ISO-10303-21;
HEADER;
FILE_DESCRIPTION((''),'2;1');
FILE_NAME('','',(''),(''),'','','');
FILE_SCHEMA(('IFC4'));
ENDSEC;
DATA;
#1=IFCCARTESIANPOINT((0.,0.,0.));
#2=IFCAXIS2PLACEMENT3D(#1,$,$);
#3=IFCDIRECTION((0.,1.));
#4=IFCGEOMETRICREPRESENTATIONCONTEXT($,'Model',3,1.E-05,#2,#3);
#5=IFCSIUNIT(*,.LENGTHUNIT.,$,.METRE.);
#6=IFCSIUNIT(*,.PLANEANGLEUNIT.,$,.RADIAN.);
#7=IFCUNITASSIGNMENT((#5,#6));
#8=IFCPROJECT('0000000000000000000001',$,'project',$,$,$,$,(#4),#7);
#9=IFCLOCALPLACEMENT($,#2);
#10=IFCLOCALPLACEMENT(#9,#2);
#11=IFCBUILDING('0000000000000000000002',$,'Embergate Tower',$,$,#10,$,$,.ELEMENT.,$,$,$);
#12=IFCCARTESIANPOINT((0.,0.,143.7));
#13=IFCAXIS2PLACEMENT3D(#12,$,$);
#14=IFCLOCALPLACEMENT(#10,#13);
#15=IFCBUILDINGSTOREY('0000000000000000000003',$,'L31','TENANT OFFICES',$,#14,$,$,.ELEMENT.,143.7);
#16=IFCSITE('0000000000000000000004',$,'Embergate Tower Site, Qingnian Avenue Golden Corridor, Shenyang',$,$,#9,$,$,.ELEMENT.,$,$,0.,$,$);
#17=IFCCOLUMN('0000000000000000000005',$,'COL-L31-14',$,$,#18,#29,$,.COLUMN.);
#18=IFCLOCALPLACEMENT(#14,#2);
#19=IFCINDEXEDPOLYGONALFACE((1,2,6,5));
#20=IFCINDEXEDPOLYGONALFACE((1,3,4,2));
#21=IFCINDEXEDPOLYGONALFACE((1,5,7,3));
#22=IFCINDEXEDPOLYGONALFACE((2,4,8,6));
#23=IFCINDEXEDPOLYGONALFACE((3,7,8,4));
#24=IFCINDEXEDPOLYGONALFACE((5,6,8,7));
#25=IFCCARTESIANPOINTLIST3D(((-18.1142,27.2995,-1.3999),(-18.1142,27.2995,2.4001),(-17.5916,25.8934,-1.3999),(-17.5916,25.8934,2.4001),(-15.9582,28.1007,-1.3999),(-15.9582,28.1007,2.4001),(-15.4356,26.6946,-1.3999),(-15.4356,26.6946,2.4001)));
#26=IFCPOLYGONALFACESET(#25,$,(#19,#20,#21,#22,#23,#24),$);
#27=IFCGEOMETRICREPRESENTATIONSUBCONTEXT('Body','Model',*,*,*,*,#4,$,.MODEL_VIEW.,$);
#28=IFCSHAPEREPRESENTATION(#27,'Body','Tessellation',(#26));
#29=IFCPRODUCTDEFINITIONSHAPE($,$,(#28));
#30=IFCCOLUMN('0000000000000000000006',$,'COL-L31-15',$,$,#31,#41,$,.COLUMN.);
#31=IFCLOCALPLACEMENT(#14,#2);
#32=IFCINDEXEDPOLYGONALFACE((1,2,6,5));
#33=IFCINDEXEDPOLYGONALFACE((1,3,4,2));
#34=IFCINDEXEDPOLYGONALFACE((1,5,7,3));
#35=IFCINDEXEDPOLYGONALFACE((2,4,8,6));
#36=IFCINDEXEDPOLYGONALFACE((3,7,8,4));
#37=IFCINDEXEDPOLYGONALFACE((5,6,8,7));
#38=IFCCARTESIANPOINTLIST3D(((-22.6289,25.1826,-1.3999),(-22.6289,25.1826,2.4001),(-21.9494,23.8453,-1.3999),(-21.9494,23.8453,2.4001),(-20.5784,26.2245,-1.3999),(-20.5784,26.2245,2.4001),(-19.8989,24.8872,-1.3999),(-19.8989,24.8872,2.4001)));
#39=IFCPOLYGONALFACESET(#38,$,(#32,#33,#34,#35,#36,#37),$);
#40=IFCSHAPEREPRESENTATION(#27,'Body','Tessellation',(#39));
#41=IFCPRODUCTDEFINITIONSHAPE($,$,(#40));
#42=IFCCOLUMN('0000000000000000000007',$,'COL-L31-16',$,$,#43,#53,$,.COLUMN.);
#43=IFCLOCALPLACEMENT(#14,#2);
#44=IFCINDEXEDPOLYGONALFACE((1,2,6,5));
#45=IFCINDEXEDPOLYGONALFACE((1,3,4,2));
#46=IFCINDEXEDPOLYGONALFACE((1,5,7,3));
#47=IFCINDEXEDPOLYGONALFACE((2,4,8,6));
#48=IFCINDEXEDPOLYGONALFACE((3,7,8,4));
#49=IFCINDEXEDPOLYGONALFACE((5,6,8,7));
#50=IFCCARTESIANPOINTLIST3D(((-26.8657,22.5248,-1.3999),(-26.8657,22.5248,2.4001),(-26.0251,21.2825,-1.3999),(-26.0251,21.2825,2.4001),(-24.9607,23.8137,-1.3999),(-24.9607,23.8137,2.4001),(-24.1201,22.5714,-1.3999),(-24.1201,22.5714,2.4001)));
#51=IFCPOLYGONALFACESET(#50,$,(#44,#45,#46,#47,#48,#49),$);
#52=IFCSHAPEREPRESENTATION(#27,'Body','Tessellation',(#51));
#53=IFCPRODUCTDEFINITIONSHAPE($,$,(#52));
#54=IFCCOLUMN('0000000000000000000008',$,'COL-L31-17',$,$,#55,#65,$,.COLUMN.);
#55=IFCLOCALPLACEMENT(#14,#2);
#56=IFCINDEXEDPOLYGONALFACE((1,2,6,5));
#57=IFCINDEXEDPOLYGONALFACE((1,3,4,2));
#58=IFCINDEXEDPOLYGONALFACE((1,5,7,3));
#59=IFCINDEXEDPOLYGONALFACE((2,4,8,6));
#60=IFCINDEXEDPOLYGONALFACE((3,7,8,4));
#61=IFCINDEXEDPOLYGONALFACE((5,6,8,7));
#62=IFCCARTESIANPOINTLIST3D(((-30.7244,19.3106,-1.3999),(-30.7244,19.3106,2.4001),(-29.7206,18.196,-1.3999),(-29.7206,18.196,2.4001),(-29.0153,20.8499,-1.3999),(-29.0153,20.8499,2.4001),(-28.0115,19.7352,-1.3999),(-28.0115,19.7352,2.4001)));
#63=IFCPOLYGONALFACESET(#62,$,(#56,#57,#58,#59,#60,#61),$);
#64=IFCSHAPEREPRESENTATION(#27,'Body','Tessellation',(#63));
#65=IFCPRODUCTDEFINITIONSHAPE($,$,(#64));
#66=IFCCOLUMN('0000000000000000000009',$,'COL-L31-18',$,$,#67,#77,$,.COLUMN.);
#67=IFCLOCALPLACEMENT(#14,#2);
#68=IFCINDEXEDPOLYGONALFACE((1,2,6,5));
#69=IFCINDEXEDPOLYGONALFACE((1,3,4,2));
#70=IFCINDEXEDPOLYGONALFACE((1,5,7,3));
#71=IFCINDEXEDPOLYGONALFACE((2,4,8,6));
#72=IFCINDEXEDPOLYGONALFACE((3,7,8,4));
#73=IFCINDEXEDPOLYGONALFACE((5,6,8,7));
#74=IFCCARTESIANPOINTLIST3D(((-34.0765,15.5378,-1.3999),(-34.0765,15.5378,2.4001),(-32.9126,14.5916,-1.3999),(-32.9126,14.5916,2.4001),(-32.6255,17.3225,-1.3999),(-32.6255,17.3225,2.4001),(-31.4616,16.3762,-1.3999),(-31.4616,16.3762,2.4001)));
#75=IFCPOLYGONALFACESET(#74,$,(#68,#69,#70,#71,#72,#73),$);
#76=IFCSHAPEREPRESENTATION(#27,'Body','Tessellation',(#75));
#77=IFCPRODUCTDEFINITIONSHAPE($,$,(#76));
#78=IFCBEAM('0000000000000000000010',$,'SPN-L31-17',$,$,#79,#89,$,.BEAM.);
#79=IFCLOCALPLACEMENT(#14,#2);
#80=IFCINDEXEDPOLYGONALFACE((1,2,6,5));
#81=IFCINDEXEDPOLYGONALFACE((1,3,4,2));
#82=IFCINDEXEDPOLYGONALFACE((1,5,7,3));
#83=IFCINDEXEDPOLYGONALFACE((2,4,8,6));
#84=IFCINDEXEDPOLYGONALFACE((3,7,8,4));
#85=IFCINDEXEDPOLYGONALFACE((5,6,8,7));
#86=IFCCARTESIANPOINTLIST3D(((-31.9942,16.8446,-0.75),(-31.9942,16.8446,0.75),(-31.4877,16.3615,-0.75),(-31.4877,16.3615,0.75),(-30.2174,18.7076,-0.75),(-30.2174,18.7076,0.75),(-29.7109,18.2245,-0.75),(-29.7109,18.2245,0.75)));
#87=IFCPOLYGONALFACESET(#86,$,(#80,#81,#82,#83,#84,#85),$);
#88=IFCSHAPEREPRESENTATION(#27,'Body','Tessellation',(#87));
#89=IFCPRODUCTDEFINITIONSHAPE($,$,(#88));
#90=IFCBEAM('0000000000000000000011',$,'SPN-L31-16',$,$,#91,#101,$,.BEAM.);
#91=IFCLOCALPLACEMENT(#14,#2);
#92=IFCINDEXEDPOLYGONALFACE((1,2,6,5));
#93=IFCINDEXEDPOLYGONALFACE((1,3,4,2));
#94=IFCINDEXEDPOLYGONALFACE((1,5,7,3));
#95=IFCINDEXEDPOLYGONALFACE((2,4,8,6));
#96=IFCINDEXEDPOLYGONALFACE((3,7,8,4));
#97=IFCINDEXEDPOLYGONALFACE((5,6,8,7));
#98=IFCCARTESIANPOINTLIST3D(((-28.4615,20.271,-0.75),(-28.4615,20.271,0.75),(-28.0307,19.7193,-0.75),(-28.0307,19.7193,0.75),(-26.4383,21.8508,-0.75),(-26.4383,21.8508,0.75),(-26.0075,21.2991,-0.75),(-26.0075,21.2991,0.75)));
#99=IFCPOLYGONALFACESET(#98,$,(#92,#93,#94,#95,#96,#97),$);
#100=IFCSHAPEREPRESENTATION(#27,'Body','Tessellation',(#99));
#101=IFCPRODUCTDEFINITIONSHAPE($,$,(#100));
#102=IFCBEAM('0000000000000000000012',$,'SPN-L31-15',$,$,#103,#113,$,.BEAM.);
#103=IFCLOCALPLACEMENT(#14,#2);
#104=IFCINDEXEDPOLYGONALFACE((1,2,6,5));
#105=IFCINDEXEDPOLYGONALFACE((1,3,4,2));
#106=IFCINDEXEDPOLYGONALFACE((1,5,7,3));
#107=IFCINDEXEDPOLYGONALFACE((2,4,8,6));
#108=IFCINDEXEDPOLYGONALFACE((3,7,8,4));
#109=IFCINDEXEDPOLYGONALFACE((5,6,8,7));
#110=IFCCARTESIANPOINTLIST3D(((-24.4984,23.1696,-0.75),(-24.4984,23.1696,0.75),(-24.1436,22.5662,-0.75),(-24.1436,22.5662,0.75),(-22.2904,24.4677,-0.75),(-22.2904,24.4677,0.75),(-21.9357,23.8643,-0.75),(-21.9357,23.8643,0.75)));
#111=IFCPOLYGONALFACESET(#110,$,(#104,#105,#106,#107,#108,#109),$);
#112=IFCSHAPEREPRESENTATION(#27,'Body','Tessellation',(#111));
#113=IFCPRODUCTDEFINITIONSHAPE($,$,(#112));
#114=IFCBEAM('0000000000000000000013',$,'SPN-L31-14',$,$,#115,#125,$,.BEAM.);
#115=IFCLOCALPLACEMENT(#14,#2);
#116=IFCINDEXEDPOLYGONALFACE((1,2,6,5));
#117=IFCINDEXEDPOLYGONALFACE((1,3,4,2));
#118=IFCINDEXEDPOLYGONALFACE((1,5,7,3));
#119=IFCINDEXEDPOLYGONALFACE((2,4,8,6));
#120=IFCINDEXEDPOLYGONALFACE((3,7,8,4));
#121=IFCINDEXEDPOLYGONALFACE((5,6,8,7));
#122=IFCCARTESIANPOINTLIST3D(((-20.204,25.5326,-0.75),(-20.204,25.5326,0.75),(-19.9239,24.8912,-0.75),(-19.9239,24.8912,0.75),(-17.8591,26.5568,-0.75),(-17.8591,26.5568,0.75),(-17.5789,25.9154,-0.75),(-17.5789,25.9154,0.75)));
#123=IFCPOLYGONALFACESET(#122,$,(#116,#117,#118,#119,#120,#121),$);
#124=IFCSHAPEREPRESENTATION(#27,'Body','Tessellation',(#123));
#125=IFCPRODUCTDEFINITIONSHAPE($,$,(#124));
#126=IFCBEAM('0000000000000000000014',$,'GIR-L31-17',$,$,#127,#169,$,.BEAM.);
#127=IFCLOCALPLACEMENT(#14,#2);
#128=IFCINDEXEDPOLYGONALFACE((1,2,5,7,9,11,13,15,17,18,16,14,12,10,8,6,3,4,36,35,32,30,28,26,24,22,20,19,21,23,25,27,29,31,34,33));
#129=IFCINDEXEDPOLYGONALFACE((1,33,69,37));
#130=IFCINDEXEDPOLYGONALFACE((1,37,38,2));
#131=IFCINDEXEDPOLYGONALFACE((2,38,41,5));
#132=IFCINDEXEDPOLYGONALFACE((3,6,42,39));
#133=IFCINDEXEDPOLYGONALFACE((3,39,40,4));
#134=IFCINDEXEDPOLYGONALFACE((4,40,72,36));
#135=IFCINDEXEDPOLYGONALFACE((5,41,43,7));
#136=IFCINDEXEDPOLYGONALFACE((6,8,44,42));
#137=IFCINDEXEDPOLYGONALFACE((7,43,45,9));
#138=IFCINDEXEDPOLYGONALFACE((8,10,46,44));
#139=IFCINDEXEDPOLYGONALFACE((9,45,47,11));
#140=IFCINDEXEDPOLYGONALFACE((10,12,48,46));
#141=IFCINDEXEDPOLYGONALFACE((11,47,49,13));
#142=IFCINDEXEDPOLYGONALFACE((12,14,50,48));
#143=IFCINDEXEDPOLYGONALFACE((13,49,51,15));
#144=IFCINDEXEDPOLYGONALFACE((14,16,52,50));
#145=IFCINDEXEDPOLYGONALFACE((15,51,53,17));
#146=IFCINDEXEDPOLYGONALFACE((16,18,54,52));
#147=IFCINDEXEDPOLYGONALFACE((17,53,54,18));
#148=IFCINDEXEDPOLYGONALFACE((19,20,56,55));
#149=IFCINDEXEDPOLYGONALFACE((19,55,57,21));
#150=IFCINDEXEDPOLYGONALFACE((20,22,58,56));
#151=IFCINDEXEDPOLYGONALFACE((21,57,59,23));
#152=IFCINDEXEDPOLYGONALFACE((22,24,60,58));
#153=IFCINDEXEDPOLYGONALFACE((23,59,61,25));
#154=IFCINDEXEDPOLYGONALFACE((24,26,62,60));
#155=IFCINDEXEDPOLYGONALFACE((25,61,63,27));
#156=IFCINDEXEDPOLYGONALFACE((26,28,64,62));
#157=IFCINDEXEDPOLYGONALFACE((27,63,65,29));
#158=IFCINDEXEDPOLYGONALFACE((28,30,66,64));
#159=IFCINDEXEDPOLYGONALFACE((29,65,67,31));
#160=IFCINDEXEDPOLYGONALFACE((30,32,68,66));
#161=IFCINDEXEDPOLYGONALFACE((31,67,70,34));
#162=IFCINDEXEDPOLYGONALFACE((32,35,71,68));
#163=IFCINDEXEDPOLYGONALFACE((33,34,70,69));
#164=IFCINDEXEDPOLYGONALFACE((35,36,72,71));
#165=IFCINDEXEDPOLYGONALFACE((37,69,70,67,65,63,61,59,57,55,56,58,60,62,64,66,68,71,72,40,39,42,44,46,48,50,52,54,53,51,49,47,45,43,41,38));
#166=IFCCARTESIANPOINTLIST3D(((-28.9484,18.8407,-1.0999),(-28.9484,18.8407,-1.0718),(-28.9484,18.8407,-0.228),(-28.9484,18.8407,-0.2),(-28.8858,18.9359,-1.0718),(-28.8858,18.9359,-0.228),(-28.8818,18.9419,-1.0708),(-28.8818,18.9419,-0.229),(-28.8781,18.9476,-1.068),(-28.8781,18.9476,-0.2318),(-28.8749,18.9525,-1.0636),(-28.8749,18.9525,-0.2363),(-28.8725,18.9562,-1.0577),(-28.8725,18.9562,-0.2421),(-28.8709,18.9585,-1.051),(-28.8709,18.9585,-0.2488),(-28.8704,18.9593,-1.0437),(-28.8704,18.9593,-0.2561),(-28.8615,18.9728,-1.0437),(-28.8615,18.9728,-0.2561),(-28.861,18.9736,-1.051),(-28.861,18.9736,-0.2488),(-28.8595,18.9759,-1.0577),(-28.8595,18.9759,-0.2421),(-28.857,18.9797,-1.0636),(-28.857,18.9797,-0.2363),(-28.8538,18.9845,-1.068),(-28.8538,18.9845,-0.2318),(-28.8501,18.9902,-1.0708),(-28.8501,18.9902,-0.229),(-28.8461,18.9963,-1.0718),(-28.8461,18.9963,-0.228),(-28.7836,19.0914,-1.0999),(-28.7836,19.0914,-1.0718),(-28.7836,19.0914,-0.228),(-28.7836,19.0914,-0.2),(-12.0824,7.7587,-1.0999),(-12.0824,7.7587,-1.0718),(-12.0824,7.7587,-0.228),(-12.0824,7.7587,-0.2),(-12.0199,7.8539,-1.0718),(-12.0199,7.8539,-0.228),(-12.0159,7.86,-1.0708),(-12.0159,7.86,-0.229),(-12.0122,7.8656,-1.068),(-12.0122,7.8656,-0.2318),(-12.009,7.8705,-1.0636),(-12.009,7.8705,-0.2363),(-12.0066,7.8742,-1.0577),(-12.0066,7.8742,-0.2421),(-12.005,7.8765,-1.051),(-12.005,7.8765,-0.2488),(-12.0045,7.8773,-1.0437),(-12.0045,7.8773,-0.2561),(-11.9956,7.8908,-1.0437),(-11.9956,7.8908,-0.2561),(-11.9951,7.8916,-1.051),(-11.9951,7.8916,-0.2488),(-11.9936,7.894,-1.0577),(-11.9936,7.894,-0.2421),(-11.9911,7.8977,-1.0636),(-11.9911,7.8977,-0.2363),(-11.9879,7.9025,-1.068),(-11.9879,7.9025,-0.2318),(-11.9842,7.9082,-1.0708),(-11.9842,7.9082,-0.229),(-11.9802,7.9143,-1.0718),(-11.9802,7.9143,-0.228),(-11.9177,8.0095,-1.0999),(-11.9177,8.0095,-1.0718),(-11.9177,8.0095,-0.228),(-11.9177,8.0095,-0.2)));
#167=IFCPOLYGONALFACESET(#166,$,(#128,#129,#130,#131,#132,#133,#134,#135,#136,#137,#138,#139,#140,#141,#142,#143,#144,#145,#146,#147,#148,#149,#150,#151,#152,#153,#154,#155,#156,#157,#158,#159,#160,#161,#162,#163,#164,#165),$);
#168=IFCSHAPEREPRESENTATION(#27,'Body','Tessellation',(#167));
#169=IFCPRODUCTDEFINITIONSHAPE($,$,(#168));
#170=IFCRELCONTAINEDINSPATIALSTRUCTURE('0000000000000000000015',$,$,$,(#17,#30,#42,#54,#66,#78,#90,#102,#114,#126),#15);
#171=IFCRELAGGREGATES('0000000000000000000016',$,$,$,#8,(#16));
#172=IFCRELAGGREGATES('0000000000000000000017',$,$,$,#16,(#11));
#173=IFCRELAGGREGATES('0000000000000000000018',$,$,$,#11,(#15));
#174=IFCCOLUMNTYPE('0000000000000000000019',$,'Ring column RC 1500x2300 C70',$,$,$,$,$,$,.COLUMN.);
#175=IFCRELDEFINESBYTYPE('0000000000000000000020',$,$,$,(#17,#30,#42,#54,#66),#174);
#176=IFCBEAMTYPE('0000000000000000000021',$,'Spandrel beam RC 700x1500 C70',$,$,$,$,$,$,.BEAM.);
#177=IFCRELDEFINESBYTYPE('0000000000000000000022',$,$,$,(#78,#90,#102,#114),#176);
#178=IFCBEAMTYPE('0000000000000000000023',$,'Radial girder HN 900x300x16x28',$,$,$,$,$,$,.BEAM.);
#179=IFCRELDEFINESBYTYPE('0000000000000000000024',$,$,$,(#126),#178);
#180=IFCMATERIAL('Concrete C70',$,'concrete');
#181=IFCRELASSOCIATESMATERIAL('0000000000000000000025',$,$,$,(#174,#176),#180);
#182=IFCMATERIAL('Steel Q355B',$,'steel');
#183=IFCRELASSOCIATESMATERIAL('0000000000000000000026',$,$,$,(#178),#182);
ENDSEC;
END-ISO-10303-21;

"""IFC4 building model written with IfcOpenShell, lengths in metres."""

from ifc_helpers import new_model, si_unit, direction, frame, origin, origin_2d, place, context, subcontext, project, spatial, rectangle, i_section, extrude, source, transform, mapped, material, material_profile, profile_set, type_object, element, save


model = new_model("IFC4")

# Units and contexts
model_context = context("Model", 3, precision=1e-05, world=origin(), true_north=direction((0.0, 1.0)))
body_context = subcontext(model_context, "Body", "Model", "MODEL_VIEW")
ifc_project = project(units=[si_unit("LENGTHUNIT", "METRE"), si_unit("PLANEANGLEUNIT", "RADIAN")], contexts=[model_context])

# Site, building, storey
site_placement = place(None, origin())
site = spatial("IfcSite", under=ifc_project, at=site_placement, Name="Embergate Tower Site, Qingnian Avenue Golden Corridor, Shenyang", CompositionType="ELEMENT", RefElevation=0.0)
building_placement = place(site_placement, origin())
building = spatial("IfcBuilding", under=site, at=building_placement, Name="Embergate Tower", CompositionType="ELEMENT")
storey_placement = place(building_placement, frame((0.0, 0.0, 143.7)))
storey = spatial("IfcBuildingStorey", under=building, at=storey_placement, Name="L31", Description="TENANT OFFICES", CompositionType="ELEMENT", Elevation=143.7)

# Columns
ifc_material_1 = material(Name="Concrete C70", Category="concrete")
ifc_material_profile_1 = material_profile(ifc_material_1, rectangle(XDim=1.5, YDim=2.3, at=origin_2d()), Name="RC 1500x2300")
ifc_profile_set_1 = profile_set([ifc_material_profile_1], Name="Concrete C70")
column_type = type_object("IfcColumnType", Name="Ring column RC 1500x2300 C70", PredefinedType="COLUMN", material=ifc_profile_set_1)
shared_shape_1 = source(origin(), body_context, "Body", "SweptSolid", [
    extrude(rectangle(XDim=1.5, YDim=2.3, at=origin_2d()), origin(), (0.0, 0.0, 1.0), 3.8),
])
for number, where, z_axis, x_axis, name in (
    (1, (-16.7749, 26.9971, -1.3999), (0.0, 0.0, 1.0), (-0.348343, 0.937367, 0.0), "COL-L31-14"),
    (2, (-21.2639, 25.0349, -1.3999), (0.0, 0.0, 1.0), (-0.452995, 0.891513, 0.0), "COL-L31-15"),
    (3, (-25.4929, 22.5481, -1.3999), (0.0, 0.0, 1.0), (-0.560393, 0.828227, 0.0), "COL-L31-16"),
    (4, (-29.3679, 19.5229, -1.3999), (0.0, 0.0, 1.0), (-0.669208, 0.743075, 0.0), "COL-L31-17"),
    (5, (-32.769, 15.957, -1.3999), (0.0, 0.0, 1.0), (-0.775914, 0.630838, 0.0), "COL-L31-18"),
):
    element("IfcColumn", number, at=place(storey_placement, frame(where, z_axis=z_axis, x_axis=x_axis)), inside=storey, type_object=column_type, Name=name, PredefinedType="COLUMN", context=body_context, shape_type="MappedRepresentation", body=[
        mapped(shared_shape_1, transform((0.0, 0.0, 0.0))),
    ])

# Beams
ifc_material_profile_2 = material_profile(ifc_material_1, rectangle(XDim=0.7, YDim=1.5, at=origin_2d()), Name="RC 700x1500")
ifc_profile_set_2 = profile_set([ifc_material_profile_2], Name="Concrete C70")
beam_type_1 = type_object("IfcBeamType", Name="Spandrel beam RC 700x1500 C70", PredefinedType="BEAM", material=ifc_profile_set_2)
shared_shape_2 = source(origin(), body_context, "Body", "SweptSolid", [
    extrude(rectangle(XDim=0.7, YDim=1.5, at=origin_2d()), origin(), (0.0, 0.0, 1.0), 2.5745),
])
beam_1_placement = place(storey_placement, frame((-29.9641, 18.4661, 0.0), z_axis=(-0.690171, -0.723646, 0.0), x_axis=(0.723646, -0.690171, 0.0)))
element("IfcBeam", 6, at=beam_1_placement, inside=storey, type_object=beam_type_1, Name="SPN-L31-17", PredefinedType="BEAM", context=body_context, shape_type="MappedRepresentation", body=[
    mapped(shared_shape_2, transform((0.0, 0.0, 0.0))),
])
shared_shape_3 = source(origin(), body_context, "Body", "SweptSolid", [
    extrude(rectangle(XDim=0.7, YDim=1.5, at=origin_2d()), origin(), (0.0, 0.0, 1.0), 2.5669),
])
beam_2_placement = place(storey_placement, frame((-26.2229, 21.575, 0.0), z_axis=(-0.788173, -0.615454, 0.0), x_axis=(0.615454, -0.788173, 0.0)))
element("IfcBeam", 7, at=beam_2_placement, inside=storey, type_object=beam_type_1, Name="SPN-L31-16", PredefinedType="BEAM", context=body_context, shape_type="MappedRepresentation", body=[
    mapped(shared_shape_3, transform((0.0, 0.0, 0.0))),
])
shared_shape_4 = source(origin(), body_context, "Body", "SweptSolid", [
    extrude(rectangle(XDim=0.7, YDim=1.5, at=origin_2d()), origin(), (0.0, 0.0, 1.0), 2.5613),
])
beam_3_placement = place(storey_placement, frame((-22.113, 24.166, 0.0), z_axis=(-0.862059, -0.506808, 0.0), x_axis=(0.506808, -0.862059, 0.0)))
element("IfcBeam", 8, at=beam_3_placement, inside=storey, type_object=beam_type_1, Name="SPN-L31-15", PredefinedType="BEAM", context=body_context, shape_type="MappedRepresentation", body=[
    mapped(shared_shape_4, transform((0.0, 0.0, 0.0))),
])
shared_shape_5 = source(origin(), body_context, "Body", "SweptSolid", [
    extrude(rectangle(XDim=0.7, YDim=1.5, at=origin_2d()), origin(), (0.0, 0.0, 1.0), 2.5588),
])
beam_4_placement = place(storey_placement, frame((-17.719, 26.2361, 0.0), z_axis=(-0.916409, -0.400243, 0.0), x_axis=(0.400243, -0.916409, 0.0)))
element("IfcBeam", 9, at=beam_4_placement, inside=storey, type_object=beam_type_1, Name="SPN-L31-14", PredefinedType="BEAM", context=body_context, shape_type="MappedRepresentation", body=[
    mapped(shared_shape_5, transform((0.0, 0.0, 0.0))),
])
ifc_material_2 = material(Name="Steel Q355B", Category="steel")
ifc_material_profile_3 = material_profile(ifc_material_2, i_section(OverallWidth=0.3, OverallDepth=0.8999, WebThickness=0.0161, FlangeThickness=0.0281, FilletRadius=0.0281, at=origin_2d()), Name="HN 900x300x16x28")
ifc_profile_set_3 = profile_set([ifc_material_profile_3], Name="Steel Q355 grade B")
beam_type_2 = type_object("IfcBeamType", Name="Radial girder HN 900x300x16x28", PredefinedType="BEAM", material=ifc_profile_set_3)
shared_shape_6 = source(origin(), body_context, "Body", "SweptSolid", [
    extrude(i_section(OverallWidth=0.3, OverallDepth=0.8999, WebThickness=0.0161, FlangeThickness=0.0281, FilletRadius=0.0281, at=origin_2d()), origin(), (0.0, 0.0, 1.0), 20.1809),
])
beam_5_placement = place(storey_placement, frame((-28.866, 18.9661, -0.6499), z_axis=(0.835735, -0.549132, 0.0), x_axis=(0.549132, 0.835735, 0.0)))
element("IfcBeam", 10, at=beam_5_placement, inside=storey, type_object=beam_type_2, Name="GIR-L31-17", PredefinedType="BEAM", context=body_context, shape_type="MappedRepresentation", body=[
    mapped(shared_shape_6, transform((0.0, 0.0, 0.0))),
])

save(model, "model.ifc")
